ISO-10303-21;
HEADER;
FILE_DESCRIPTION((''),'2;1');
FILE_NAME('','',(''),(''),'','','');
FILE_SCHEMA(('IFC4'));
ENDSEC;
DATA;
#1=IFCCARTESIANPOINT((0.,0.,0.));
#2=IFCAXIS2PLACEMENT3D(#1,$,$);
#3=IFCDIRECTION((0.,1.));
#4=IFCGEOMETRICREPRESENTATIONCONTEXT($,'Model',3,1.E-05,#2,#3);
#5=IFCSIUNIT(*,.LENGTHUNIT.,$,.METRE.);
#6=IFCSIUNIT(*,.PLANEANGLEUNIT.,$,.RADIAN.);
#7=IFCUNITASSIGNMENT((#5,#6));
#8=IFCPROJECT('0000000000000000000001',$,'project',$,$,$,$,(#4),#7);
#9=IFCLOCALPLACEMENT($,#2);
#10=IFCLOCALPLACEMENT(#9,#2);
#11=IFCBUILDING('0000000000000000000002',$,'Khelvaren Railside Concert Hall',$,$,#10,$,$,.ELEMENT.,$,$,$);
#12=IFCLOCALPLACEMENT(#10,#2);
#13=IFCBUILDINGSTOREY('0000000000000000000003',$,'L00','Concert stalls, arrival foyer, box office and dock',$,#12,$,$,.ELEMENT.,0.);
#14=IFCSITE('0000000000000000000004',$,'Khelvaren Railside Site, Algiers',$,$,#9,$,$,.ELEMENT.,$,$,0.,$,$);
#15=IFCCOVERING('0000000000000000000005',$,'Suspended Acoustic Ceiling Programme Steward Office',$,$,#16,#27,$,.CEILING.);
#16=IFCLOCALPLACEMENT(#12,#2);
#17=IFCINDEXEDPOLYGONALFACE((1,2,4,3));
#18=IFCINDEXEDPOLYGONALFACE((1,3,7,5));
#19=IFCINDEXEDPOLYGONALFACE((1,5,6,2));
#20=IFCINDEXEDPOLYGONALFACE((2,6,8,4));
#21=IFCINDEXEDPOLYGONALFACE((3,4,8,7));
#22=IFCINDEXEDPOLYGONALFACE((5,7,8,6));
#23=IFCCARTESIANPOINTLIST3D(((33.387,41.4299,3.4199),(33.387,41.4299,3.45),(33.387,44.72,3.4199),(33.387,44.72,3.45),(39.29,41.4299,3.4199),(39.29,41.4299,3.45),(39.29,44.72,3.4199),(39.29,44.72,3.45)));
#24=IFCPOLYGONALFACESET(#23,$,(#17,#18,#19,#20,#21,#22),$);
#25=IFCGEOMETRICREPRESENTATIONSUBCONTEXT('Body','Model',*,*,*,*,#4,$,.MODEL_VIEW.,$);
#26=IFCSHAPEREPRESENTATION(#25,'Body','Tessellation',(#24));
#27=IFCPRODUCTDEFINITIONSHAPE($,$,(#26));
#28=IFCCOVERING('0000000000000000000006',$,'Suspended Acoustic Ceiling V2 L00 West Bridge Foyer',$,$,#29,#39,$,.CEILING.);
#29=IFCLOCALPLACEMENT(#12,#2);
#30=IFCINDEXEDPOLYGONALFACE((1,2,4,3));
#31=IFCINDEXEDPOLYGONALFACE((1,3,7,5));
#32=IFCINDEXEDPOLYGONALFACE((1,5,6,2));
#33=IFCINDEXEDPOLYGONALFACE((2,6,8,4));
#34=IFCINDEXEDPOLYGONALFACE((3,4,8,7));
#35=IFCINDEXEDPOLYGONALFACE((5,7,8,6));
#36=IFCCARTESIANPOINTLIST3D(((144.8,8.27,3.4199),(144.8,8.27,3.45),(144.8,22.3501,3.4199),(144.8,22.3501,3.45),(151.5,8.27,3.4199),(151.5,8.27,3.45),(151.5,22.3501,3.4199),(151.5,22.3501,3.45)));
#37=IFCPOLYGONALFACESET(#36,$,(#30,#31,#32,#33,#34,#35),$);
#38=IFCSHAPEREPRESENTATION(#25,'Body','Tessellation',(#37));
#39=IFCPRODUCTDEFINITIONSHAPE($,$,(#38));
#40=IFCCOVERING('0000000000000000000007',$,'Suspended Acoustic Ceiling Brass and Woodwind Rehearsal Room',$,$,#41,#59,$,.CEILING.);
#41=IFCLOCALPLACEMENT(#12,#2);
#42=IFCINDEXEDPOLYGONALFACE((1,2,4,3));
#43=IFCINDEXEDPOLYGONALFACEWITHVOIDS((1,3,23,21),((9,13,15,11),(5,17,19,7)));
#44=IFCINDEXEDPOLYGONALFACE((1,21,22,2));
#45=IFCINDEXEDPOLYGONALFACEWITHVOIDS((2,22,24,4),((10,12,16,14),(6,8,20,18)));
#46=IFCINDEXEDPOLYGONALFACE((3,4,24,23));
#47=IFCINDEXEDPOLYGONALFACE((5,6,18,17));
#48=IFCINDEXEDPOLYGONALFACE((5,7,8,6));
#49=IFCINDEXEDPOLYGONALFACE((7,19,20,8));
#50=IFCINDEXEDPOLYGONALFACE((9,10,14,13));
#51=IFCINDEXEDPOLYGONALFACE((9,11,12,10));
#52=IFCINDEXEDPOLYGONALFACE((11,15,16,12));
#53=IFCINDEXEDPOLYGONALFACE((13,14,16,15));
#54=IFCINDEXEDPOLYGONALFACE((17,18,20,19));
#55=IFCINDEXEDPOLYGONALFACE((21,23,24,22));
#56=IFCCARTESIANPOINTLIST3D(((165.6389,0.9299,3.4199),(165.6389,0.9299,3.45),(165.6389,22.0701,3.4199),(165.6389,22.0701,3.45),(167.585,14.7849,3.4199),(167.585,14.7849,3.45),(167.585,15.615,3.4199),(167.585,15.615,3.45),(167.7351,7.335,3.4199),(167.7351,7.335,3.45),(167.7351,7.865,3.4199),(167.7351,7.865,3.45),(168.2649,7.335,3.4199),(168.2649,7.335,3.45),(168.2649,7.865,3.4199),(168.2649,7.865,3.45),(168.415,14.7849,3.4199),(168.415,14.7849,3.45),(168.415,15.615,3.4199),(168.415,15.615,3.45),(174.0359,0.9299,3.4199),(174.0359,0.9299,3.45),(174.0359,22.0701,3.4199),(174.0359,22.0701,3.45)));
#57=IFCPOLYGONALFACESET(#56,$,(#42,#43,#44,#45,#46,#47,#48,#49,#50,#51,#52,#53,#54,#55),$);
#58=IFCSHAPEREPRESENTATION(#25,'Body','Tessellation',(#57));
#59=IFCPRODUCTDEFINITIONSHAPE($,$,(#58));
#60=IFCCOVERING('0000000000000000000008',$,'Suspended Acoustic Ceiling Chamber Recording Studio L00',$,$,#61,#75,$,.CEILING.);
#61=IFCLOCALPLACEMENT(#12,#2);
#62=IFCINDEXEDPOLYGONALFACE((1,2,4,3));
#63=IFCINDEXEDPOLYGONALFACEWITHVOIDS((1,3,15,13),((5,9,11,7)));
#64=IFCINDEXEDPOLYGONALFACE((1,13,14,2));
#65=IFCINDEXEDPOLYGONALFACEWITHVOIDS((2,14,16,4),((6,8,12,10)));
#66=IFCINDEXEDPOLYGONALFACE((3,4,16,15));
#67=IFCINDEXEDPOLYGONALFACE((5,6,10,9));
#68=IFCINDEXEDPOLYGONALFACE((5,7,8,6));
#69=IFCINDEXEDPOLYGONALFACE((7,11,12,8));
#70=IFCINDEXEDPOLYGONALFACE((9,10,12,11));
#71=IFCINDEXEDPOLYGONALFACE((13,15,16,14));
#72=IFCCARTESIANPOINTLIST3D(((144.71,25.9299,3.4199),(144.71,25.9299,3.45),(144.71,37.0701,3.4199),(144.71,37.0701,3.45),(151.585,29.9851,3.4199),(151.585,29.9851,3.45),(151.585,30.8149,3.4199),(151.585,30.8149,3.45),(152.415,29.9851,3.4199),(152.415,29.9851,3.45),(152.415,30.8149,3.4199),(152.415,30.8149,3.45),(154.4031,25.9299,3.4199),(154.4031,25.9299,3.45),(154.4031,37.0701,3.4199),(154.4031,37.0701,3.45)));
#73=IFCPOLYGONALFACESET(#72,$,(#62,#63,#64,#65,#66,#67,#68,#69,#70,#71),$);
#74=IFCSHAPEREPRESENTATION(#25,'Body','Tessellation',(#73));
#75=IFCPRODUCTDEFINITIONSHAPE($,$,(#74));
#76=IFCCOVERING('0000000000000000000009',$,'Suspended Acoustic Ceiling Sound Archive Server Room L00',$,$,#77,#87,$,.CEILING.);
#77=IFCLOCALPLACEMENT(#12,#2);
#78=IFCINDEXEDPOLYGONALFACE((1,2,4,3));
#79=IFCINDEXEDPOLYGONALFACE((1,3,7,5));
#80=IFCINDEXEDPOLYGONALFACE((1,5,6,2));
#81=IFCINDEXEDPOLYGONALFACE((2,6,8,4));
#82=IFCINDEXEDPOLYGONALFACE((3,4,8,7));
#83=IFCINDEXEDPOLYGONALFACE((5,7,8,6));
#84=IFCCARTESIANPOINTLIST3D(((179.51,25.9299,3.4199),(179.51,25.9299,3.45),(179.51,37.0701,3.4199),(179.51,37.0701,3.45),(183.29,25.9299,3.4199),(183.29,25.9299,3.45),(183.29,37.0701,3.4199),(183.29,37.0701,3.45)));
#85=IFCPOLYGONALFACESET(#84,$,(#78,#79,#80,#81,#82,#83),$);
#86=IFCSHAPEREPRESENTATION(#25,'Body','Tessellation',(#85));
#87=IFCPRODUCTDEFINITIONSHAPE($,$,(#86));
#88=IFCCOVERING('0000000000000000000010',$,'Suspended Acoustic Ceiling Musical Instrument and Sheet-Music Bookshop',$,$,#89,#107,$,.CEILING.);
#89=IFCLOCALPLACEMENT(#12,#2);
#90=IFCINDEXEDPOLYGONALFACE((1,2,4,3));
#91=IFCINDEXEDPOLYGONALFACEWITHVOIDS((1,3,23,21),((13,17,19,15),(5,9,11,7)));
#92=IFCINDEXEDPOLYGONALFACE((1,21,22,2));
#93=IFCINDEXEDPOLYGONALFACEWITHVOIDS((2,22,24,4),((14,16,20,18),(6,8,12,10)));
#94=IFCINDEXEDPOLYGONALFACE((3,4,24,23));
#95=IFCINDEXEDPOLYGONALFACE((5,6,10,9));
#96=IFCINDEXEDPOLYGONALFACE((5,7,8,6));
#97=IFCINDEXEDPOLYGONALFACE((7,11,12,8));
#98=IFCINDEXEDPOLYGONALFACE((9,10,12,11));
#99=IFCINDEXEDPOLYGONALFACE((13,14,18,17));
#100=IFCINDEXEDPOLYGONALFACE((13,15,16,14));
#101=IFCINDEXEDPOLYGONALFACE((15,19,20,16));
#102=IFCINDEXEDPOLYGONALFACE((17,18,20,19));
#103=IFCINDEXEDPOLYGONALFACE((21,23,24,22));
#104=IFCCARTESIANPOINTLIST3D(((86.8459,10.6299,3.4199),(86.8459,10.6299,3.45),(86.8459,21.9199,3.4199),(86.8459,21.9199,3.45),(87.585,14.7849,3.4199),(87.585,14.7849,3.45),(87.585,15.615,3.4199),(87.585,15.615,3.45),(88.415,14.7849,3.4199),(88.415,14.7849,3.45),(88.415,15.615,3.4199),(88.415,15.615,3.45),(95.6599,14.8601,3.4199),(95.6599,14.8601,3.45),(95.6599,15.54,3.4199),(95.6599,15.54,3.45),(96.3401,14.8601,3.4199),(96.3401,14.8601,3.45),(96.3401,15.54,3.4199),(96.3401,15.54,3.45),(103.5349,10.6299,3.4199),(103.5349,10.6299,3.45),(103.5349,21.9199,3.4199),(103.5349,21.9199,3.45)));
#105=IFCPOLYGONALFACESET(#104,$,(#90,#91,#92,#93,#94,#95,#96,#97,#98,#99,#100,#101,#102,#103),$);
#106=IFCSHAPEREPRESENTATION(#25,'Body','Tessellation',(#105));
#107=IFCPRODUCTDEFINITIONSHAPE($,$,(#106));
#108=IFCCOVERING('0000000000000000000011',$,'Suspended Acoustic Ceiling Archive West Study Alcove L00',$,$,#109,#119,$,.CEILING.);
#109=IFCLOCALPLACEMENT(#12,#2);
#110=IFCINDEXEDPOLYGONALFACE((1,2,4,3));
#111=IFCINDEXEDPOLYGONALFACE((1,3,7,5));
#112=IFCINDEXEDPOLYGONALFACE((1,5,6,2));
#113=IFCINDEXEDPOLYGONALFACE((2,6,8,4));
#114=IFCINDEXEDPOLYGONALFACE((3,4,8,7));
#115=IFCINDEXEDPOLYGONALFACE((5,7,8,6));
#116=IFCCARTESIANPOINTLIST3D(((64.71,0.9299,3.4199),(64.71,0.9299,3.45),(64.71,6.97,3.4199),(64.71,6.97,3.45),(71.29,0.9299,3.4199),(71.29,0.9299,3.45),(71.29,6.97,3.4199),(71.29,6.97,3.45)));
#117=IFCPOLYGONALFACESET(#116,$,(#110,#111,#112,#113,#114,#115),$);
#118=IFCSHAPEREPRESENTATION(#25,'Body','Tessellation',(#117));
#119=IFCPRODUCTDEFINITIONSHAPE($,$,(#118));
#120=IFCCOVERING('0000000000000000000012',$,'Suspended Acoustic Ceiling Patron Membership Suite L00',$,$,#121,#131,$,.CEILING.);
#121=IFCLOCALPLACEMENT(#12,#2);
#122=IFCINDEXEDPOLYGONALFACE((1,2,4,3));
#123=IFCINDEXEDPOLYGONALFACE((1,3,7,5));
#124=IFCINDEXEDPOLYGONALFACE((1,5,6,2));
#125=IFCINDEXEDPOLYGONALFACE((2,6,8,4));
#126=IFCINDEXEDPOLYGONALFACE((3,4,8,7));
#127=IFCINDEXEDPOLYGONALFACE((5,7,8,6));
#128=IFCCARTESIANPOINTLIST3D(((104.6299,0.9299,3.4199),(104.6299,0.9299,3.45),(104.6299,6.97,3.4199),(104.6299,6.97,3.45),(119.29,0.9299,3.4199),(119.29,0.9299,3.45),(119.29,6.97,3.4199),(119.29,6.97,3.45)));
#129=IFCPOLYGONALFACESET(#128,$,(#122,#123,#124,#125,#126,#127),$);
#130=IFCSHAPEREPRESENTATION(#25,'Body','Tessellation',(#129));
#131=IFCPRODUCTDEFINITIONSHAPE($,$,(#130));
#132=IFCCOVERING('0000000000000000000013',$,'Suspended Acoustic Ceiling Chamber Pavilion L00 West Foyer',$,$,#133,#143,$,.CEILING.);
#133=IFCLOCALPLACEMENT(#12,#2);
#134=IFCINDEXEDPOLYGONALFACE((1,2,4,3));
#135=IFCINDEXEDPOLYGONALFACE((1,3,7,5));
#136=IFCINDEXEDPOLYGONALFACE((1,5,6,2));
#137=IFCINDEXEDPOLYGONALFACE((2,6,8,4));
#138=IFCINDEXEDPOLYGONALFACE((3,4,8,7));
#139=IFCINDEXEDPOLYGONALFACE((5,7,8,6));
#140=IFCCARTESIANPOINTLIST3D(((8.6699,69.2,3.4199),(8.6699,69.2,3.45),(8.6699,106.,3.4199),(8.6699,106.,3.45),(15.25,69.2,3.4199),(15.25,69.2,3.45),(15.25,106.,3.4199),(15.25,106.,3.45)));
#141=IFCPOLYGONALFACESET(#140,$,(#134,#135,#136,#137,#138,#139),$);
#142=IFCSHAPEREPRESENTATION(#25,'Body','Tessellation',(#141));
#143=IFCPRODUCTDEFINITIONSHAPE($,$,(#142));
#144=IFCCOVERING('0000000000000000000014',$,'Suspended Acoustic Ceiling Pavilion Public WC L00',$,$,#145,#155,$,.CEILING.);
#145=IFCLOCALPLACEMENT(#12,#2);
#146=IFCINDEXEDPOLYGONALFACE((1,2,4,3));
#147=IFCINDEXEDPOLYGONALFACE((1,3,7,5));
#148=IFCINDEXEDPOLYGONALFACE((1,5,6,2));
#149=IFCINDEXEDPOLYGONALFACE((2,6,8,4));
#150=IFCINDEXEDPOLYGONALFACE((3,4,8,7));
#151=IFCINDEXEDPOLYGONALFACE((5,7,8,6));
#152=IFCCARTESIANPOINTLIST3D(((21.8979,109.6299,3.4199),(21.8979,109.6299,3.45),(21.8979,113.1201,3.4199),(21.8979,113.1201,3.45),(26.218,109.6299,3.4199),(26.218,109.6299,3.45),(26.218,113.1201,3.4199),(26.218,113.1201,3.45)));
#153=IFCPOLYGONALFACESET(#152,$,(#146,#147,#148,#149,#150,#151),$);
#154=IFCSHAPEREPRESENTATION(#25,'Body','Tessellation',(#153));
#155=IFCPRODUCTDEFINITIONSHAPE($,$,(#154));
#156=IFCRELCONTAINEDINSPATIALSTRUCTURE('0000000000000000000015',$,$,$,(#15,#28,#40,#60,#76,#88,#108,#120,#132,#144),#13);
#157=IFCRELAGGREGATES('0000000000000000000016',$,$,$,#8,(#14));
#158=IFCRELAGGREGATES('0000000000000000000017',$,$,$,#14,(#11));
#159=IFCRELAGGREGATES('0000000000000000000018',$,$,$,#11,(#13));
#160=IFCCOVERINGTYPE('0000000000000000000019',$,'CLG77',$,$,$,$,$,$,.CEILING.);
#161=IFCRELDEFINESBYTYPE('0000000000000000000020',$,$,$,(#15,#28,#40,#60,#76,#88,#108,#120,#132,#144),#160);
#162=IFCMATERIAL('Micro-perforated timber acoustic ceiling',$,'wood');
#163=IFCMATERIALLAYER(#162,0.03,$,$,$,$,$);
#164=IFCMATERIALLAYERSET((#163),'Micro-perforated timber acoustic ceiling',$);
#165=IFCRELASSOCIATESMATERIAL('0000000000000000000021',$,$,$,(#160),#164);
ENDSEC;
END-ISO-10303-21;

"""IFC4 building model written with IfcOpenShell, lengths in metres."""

from ifc_helpers import new_model, si_unit, direction, frame, origin, place, context, subcontext, project, spatial, polyline, outline, extrude, material, layer, layer_set, type_object, element, save


model = new_model("IFC4")

# Units and contexts
model_context = context("Model", 3, precision=1e-05, world=origin(), true_north=direction((0.0, 1.0)))
body_context = subcontext(model_context, "Body", "Model", "MODEL_VIEW")
ifc_project = project(units=[si_unit("LENGTHUNIT", "METRE"), si_unit("PLANEANGLEUNIT", "RADIAN")], contexts=[model_context])

# Site, building, storey
site_placement = place(None, origin())
site = spatial("IfcSite", under=ifc_project, at=site_placement, Name="Khelvaren Railside Site, Algiers", CompositionType="ELEMENT", RefElevation=0.0)
building_placement = place(site_placement, origin())
building = spatial("IfcBuilding", under=site, at=building_placement, Name="Khelvaren Railside Concert Hall", CompositionType="ELEMENT")
storey_placement = place(building_placement, origin())
storey = spatial("IfcBuildingStorey", under=building, at=storey_placement, Name="L00", Description="Concert stalls, arrival foyer, box office and dock", CompositionType="ELEMENT", Elevation=0.0)

# Coverings
ifc_material_1 = material(Name="Micro-perforated timber acoustic ceiling", Category="wood")
ifc_layer_1 = layer(ifc_material_1, 0.03)
ifc_layer_set_1 = layer_set([ifc_layer_1], Name="Micro-perforated timber acoustic ceiling")
covering_type_1 = type_object("IfcCoveringType", Name="CLG77", PredefinedType="CEILING", material=ifc_layer_set_1)
covering_1_placement = place(storey_placement, frame((0.0, 0.0, 3.4199)))
element("IfcCovering", 1, at=covering_1_placement, inside=storey, type_object=covering_type_1, Name="Suspended Acoustic Ceiling Programme Steward Office", PredefinedType="CEILING", context=body_context, shape_type="SweptSolid", body=[
    extrude(outline(polyline([(33.387, 41.4299), (39.29, 41.4299), (39.29, 44.72), (33.387, 44.72), (33.387, 41.4299)])), origin(), (0.0, 0.0, 1.0), 0.03),
])
covering_2_placement = place(storey_placement, frame((0.0, 0.0, 3.4199)))
element("IfcCovering", 2, at=covering_2_placement, inside=storey, type_object=covering_type_1, Name="Suspended Acoustic Ceiling V2 L00 West Bridge Foyer", PredefinedType="CEILING", context=body_context, shape_type="SweptSolid", body=[
    extrude(outline(polyline([(144.8, 8.27), (151.5, 8.27), (151.5, 22.3501), (144.8, 22.3501), (144.8, 8.27)])), origin(), (0.0, 0.0, 1.0), 0.03),
])
covering_3_placement = place(storey_placement, frame((0.0, 0.0, 3.4199)))
element("IfcCovering", 3, at=covering_3_placement, inside=storey, type_object=covering_type_1, Name="Suspended Acoustic Ceiling Brass and Woodwind Rehearsal Room", PredefinedType="CEILING", context=body_context, shape_type="SweptSolid", body=[
    extrude(outline(polyline([(165.6389, 0.9299), (174.0359, 0.9299), (174.0359, 22.0701), (165.6389, 22.0701), (165.6389, 0.9299)]), holes=[polyline([(167.7351, 7.335), (168.2649, 7.335), (168.2649, 7.865), (167.7351, 7.865), (167.7351, 7.335)]), polyline([(167.585, 14.7849), (168.415, 14.7849), (168.415, 15.615), (167.585, 15.615), (167.585, 14.7849)])]), origin(), (0.0, 0.0, 1.0), 0.03),
])
covering_4_placement = place(storey_placement, frame((0.0, 0.0, 3.4199)))
element("IfcCovering", 4, at=covering_4_placement, inside=storey, type_object=covering_type_1, Name="Suspended Acoustic Ceiling Chamber Recording Studio L00", PredefinedType="CEILING", context=body_context, shape_type="SweptSolid", body=[
    extrude(outline(polyline([(144.71, 25.9299), (154.4031, 25.9299), (154.4031, 37.0701), (144.71, 37.0701), (144.71, 25.9299)]), holes=[polyline([(151.585, 29.9851), (152.415, 29.9851), (152.415, 30.8149), (151.585, 30.8149), (151.585, 29.9851)])]), origin(), (0.0, 0.0, 1.0), 0.03),
])
covering_5_placement = place(storey_placement, frame((0.0, 0.0, 3.4199)))
element("IfcCovering", 5, at=covering_5_placement, inside=storey, type_object=covering_type_1, Name="Suspended Acoustic Ceiling Sound Archive Server Room L00", PredefinedType="CEILING", context=body_context, shape_type="SweptSolid", body=[
    extrude(outline(polyline([(179.51, 25.9299), (183.29, 25.9299), (183.29, 37.0701), (179.51, 37.0701), (179.51, 25.9299)])), origin(), (0.0, 0.0, 1.0), 0.03),
])
covering_6_placement = place(storey_placement, frame((0.0, 0.0, 3.4199)))
element("IfcCovering", 6, at=covering_6_placement, inside=storey, type_object=covering_type_1, Name="Suspended Acoustic Ceiling Musical Instrument and Sheet-Music Bookshop", PredefinedType="CEILING", context=body_context, shape_type="SweptSolid", body=[
    extrude(outline(polyline([(86.8459, 10.6299), (103.5349, 10.6299), (103.5349, 21.9199), (86.8459, 21.9199), (86.8459, 10.6299)]), holes=[polyline([(87.585, 14.7849), (88.415, 14.7849), (88.415, 15.615), (87.585, 15.615), (87.585, 14.7849)]), polyline([(95.6599, 14.8601), (96.3401, 14.8601), (96.3401, 15.54), (95.6599, 15.54), (95.6599, 14.8601)])]), origin(), (0.0, 0.0, 1.0), 0.03),
])
covering_7_placement = place(storey_placement, frame((0.0, 0.0, 3.4199)))
element("IfcCovering", 7, at=covering_7_placement, inside=storey, type_object=covering_type_1, Name="Suspended Acoustic Ceiling Archive West Study Alcove L00", PredefinedType="CEILING", context=body_context, shape_type="SweptSolid", body=[
    extrude(outline(polyline([(64.71, 0.9299), (71.29, 0.9299), (71.29, 6.97), (64.71, 6.97), (64.71, 0.9299)])), origin(), (0.0, 0.0, 1.0), 0.03),
])
covering_8_placement = place(storey_placement, frame((0.0, 0.0, 3.4199)))
element("IfcCovering", 8, at=covering_8_placement, inside=storey, type_object=covering_type_1, Name="Suspended Acoustic Ceiling Patron Membership Suite L00", PredefinedType="CEILING", context=body_context, shape_type="SweptSolid", body=[
    extrude(outline(polyline([(104.6299, 0.9299), (119.29, 0.9299), (119.29, 6.97), (104.6299, 6.97), (104.6299, 0.9299)])), origin(), (0.0, 0.0, 1.0), 0.03),
])
covering_9_placement = place(storey_placement, frame((0.0, 0.0, 3.4199)))
element("IfcCovering", 9, at=covering_9_placement, inside=storey, type_object=covering_type_1, Name="Suspended Acoustic Ceiling Chamber Pavilion L00 West Foyer", PredefinedType="CEILING", context=body_context, shape_type="SweptSolid", body=[
    extrude(outline(polyline([(8.6699, 69.2), (15.25, 69.2), (15.25, 106.0), (8.6699, 106.0), (8.6699, 69.2)])), origin(), (0.0, 0.0, 1.0), 0.03),
])
covering_10_placement = place(storey_placement, frame((0.0, 0.0, 3.4199)))
element("IfcCovering", 10, at=covering_10_placement, inside=storey, type_object=covering_type_1, Name="Suspended Acoustic Ceiling Pavilion Public WC L00", PredefinedType="CEILING", context=body_context, shape_type="SweptSolid", body=[
    extrude(outline(polyline([(21.8979, 109.6299), (26.218, 109.6299), (26.218, 113.1201), (21.8979, 113.1201), (21.8979, 109.6299)])), origin(), (0.0, 0.0, 1.0), 0.03),
])

save(model, "model.ifc")
